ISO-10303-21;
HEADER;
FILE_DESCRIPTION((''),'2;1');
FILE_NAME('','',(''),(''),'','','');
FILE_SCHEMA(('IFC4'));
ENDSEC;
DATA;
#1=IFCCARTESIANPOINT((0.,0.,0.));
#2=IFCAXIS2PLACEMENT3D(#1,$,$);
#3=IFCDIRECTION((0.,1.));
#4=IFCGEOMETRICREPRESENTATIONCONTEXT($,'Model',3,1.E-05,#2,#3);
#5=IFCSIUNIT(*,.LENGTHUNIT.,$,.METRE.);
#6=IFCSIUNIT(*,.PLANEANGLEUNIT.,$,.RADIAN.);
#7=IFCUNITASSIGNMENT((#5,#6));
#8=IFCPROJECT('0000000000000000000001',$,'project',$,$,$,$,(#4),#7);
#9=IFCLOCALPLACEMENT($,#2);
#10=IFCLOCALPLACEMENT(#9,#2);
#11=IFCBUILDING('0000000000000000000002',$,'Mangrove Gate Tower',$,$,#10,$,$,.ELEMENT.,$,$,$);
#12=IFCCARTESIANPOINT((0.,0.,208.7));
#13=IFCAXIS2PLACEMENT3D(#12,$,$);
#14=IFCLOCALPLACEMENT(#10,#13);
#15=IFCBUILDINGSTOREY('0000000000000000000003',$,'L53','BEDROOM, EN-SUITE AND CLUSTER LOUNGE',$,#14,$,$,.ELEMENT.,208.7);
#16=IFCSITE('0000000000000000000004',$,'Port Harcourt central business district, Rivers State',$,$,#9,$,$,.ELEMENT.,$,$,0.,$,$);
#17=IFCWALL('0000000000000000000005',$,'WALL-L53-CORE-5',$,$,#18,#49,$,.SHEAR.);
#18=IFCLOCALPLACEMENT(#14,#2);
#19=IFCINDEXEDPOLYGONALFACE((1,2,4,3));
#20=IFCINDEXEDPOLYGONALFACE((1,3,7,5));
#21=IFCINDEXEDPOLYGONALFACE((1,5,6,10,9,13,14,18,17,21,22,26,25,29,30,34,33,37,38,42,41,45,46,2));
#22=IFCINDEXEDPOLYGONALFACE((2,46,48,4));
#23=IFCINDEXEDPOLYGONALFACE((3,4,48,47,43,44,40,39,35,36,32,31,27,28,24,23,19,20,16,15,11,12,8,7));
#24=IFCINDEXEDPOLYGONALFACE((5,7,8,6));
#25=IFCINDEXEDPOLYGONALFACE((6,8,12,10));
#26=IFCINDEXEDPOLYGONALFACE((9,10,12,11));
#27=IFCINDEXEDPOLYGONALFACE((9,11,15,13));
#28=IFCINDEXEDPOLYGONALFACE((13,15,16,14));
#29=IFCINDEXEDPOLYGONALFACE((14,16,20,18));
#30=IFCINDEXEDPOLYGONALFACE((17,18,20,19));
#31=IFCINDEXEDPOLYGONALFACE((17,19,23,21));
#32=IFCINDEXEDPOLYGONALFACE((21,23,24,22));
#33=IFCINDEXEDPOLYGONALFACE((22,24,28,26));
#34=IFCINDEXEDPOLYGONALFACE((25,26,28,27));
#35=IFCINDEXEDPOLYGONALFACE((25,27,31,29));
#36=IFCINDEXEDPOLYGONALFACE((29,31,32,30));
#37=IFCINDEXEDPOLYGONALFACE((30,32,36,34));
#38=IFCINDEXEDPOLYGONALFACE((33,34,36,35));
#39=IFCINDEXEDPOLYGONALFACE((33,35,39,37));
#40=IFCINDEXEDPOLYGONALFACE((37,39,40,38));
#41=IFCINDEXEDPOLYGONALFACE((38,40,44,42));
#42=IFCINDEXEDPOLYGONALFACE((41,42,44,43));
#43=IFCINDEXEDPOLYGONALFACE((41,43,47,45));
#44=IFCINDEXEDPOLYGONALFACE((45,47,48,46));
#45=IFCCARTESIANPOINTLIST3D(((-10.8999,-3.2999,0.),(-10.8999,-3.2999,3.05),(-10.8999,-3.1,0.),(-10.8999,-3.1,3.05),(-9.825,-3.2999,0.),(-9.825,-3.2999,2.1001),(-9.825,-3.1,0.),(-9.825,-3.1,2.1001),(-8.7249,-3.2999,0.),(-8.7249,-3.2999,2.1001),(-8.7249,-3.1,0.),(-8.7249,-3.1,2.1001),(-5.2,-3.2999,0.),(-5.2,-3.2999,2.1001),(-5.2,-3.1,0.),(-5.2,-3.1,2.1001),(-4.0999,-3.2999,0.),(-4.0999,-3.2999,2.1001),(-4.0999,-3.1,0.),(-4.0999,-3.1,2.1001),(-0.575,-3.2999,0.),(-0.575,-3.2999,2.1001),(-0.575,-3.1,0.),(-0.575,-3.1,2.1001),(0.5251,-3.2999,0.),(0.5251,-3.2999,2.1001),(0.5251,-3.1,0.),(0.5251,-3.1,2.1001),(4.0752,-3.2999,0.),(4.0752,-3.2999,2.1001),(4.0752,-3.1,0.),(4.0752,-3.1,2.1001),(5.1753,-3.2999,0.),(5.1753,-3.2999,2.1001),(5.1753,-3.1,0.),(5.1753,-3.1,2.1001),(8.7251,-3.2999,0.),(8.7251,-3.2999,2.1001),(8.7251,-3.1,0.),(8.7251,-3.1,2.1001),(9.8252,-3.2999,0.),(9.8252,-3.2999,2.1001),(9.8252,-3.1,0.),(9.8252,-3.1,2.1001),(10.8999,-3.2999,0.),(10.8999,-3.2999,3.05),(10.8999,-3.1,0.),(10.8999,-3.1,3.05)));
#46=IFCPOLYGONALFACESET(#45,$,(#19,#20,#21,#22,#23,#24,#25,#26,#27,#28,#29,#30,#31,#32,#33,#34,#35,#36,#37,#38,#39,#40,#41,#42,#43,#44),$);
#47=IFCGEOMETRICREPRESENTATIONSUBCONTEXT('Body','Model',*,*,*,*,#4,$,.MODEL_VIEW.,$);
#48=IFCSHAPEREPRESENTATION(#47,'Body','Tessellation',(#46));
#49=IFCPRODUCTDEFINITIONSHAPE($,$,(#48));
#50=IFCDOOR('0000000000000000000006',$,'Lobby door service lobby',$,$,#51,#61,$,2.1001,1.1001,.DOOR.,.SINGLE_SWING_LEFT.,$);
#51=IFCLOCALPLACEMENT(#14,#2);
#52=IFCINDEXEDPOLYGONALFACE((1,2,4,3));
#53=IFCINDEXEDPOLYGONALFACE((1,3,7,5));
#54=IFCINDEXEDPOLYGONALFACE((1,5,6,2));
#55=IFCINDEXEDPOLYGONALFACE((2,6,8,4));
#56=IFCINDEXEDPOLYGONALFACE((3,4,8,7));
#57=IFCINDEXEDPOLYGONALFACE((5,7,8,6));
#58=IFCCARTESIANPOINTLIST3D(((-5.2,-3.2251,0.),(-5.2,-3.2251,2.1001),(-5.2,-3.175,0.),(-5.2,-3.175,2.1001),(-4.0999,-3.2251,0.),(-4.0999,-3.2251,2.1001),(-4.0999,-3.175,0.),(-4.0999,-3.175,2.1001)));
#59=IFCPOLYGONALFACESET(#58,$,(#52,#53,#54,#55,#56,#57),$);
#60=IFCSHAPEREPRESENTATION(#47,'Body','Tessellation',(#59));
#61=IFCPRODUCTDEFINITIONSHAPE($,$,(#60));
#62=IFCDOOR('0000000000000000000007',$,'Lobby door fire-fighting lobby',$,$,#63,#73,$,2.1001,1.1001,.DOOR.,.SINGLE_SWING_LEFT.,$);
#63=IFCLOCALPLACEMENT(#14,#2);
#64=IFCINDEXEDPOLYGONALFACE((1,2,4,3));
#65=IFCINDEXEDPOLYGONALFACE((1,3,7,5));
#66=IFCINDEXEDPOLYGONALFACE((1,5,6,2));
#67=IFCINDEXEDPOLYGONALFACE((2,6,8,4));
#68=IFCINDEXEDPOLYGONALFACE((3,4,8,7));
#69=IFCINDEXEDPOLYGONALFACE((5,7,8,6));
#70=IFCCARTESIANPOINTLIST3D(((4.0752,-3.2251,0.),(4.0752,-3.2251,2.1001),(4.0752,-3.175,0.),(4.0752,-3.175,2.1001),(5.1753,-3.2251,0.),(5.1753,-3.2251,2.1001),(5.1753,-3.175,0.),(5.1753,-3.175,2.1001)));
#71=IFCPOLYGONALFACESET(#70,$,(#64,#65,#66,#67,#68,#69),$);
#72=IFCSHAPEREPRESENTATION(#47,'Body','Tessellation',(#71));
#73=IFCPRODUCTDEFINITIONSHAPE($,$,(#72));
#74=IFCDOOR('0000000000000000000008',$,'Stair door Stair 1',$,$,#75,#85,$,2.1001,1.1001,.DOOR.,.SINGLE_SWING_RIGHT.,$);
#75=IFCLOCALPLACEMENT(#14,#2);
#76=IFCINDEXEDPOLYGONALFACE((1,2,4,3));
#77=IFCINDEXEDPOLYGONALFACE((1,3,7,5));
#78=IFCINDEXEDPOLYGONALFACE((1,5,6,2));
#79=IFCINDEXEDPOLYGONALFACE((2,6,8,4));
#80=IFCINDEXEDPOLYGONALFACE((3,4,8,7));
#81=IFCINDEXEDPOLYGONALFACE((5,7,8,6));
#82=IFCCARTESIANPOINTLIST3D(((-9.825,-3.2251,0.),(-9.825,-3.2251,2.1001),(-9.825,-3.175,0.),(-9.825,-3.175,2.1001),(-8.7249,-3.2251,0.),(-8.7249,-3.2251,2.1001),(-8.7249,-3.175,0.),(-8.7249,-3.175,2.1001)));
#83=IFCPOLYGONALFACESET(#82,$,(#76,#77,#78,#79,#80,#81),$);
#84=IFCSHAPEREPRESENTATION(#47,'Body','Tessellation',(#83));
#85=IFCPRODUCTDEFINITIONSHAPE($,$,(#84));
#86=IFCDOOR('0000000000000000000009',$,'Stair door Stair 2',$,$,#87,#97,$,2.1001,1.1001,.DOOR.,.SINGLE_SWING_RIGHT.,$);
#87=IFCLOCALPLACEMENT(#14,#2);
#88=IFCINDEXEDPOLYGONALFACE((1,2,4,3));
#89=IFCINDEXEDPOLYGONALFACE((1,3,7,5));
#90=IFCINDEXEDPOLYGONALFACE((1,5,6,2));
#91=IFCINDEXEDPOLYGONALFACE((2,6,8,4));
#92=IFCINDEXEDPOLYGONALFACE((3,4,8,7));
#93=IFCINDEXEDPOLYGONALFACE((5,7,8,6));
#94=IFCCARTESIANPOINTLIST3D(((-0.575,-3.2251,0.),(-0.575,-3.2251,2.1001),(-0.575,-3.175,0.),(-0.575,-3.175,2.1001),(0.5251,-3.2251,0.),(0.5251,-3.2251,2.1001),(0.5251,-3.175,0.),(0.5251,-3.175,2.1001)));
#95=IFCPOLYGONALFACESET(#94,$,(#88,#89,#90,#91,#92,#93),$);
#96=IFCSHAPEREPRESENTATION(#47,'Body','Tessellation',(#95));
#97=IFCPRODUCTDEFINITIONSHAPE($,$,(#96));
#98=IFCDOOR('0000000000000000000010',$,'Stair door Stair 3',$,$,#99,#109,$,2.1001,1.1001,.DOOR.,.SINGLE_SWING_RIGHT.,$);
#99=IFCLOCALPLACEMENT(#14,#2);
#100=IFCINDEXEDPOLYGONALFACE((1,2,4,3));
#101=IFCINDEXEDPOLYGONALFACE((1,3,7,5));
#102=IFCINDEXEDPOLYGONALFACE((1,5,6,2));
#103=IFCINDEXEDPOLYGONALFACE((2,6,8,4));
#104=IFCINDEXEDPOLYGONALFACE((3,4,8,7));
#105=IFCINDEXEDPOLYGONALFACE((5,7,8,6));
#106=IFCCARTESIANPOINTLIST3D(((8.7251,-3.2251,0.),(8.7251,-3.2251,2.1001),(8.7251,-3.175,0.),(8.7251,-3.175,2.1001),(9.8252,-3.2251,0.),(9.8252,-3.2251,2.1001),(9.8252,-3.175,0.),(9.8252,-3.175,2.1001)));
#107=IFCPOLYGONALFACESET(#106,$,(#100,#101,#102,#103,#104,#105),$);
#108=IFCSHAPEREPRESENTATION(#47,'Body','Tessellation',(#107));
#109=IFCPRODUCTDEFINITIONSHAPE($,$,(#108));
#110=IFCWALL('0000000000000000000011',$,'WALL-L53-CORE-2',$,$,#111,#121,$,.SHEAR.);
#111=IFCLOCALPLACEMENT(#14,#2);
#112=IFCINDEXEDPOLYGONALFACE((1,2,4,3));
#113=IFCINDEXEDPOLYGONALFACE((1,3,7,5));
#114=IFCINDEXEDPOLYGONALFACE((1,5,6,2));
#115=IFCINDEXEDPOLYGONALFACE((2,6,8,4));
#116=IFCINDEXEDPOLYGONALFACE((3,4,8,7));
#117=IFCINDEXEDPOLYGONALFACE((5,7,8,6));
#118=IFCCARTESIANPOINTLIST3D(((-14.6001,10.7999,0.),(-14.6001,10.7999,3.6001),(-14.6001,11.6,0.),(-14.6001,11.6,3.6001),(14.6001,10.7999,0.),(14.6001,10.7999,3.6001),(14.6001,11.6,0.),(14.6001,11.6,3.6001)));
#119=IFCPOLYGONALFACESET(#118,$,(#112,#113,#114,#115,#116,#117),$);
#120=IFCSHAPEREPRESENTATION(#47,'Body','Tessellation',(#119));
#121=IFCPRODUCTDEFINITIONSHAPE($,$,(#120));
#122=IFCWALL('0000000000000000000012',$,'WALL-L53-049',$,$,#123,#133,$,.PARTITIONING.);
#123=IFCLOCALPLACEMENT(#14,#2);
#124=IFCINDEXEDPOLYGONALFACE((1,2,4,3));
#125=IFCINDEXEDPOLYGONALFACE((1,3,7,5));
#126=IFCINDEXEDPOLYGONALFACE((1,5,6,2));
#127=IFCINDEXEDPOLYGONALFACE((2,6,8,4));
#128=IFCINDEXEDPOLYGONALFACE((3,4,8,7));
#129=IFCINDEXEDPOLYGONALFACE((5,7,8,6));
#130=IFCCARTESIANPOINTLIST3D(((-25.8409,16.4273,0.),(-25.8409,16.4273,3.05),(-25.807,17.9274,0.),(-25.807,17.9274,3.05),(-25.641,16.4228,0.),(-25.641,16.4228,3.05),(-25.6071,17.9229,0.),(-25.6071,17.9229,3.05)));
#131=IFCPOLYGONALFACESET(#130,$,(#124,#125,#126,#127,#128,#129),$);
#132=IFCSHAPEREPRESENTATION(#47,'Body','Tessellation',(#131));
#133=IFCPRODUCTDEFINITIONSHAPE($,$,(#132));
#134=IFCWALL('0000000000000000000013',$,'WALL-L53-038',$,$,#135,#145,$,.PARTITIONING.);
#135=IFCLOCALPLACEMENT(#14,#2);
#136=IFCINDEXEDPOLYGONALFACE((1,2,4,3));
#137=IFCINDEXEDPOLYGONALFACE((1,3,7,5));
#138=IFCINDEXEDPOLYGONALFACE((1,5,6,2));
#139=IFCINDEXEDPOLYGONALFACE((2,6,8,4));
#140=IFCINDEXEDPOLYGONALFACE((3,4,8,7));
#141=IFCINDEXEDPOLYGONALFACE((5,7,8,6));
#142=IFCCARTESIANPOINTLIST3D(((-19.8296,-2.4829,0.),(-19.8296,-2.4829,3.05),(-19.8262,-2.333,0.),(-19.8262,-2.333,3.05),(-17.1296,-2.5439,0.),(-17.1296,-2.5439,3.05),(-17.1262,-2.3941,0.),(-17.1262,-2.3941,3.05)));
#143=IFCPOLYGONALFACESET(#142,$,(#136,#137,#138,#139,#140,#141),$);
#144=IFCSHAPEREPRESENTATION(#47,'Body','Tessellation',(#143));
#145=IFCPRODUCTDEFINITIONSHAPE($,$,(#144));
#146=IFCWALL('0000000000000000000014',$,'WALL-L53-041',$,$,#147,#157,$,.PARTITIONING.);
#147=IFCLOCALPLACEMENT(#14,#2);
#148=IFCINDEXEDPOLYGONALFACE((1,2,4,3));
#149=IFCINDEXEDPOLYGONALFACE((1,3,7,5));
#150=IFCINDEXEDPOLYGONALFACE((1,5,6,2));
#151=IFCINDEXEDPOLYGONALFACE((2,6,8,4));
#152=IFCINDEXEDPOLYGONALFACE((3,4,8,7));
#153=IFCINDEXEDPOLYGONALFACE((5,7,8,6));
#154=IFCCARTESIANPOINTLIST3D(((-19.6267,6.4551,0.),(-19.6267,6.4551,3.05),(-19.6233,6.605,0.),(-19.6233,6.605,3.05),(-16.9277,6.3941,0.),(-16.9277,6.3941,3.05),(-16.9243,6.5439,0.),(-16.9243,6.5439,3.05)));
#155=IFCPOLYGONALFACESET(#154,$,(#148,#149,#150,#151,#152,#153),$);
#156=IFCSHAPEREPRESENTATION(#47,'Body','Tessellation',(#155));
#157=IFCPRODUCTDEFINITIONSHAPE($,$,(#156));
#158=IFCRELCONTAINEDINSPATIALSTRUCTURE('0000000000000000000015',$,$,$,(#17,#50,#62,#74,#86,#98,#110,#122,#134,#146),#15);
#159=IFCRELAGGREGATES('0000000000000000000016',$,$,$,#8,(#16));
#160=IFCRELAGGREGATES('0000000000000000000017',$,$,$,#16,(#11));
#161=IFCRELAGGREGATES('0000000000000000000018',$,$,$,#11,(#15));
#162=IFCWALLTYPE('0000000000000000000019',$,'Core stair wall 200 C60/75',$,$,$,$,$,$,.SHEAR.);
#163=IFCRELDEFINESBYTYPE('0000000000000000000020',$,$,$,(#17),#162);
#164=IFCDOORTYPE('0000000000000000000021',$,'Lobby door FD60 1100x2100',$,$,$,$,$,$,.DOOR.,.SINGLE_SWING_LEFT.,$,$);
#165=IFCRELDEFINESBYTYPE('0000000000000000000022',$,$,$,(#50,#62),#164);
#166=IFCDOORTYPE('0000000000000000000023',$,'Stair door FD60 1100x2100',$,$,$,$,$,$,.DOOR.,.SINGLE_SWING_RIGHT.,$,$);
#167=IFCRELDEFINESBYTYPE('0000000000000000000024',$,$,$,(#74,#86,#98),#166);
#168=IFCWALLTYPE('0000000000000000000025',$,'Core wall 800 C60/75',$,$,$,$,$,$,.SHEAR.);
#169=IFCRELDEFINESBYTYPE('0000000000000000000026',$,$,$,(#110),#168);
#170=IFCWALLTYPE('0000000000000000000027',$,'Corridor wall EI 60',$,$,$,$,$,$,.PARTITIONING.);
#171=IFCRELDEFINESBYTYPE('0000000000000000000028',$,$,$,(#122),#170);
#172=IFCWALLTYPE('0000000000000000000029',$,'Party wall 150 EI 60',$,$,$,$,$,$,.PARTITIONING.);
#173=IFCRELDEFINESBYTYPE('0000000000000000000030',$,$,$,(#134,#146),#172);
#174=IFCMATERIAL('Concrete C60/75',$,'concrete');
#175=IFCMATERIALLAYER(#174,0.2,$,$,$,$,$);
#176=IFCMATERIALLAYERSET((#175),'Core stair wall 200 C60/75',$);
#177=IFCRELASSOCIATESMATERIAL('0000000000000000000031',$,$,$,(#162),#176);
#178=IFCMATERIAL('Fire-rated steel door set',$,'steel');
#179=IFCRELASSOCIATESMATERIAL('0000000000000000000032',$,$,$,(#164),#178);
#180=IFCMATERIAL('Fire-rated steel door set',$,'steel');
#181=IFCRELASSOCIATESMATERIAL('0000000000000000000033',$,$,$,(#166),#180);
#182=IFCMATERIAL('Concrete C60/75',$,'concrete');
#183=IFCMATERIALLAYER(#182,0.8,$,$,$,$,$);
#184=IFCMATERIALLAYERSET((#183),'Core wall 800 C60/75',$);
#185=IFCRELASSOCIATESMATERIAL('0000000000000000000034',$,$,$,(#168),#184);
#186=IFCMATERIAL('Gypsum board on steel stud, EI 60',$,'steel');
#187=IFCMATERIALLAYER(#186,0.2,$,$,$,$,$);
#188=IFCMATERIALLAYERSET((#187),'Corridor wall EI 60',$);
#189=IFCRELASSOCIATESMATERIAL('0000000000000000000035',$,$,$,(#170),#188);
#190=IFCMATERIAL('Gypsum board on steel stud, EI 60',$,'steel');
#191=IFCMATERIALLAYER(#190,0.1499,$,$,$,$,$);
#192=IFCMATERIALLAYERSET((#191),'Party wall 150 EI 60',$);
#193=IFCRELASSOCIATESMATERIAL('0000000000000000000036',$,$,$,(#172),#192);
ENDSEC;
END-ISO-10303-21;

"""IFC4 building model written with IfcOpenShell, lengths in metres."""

from ifc_helpers import new_model, si_unit, direction, frame, frame_2d, origin, place, context, subcontext, project, spatial, rectangle, extrude, material, layer, layer_set, type_object, element, fill, save


model = new_model("IFC4")

# Units and contexts
model_context = context("Model", 3, precision=1e-05, world=origin(), true_north=direction((0.0, 1.0)))
body_context = subcontext(model_context, "Body", "Model", "MODEL_VIEW")
ifc_project = project(units=[si_unit("LENGTHUNIT", "METRE"), si_unit("PLANEANGLEUNIT", "RADIAN")], contexts=[model_context])

# Site, building, storey
site_placement = place(None, origin())
site = spatial("IfcSite", under=ifc_project, at=site_placement, Name="Port Harcourt central business district, Rivers State", CompositionType="ELEMENT", RefElevation=0.0)
building_placement = place(site_placement, origin())
building = spatial("IfcBuilding", under=site, at=building_placement, Name="Mangrove Gate Tower", CompositionType="ELEMENT")
storey_placement = place(building_placement, frame((0.0, 0.0, 208.7)))
storey = spatial("IfcBuildingStorey", under=building, at=storey_placement, Name="L53", Description="BEDROOM, EN-SUITE AND CLUSTER LOUNGE", CompositionType="ELEMENT", Elevation=208.7)

# Wall, openings, doors
ifc_material_1 = material(Name="Concrete C60/75", Category="concrete")
ifc_layer_1 = layer(ifc_material_1, 0.2)
ifc_layer_set_1 = layer_set([ifc_layer_1], Name="Core stair wall 200 C60/75")
wall_type_1 = type_object("IfcWallType", Name="Core stair wall 200 C60/75", PredefinedType="SHEAR", material=ifc_layer_set_1)
wall_1_placement = place(storey_placement, frame((-10.8999, -3.2, 0.0), z_axis=(0.0, 0.0, 1.0), x_axis=(1.0, 0.0, 0.0)))
wall_1 = element("IfcWall", 1, at=wall_1_placement, inside=storey, type_object=wall_type_1, Name="WALL-L53-CORE-5", PredefinedType="SHEAR", context=body_context, shape_type="SweptSolid", body=[
    extrude(rectangle(XDim=21.7998, YDim=0.2, at=frame_2d((10.8999, 0.0))), origin(), (0.0, 0.0, 1.0), 3.05),
])
opening_1_placement = place(wall_1_placement, frame((1.075, 0.0, 0.0)))
opening_1 = element("IfcOpeningElement", 2, at=opening_1_placement, cuts=wall_1, PredefinedType="OPENING", context=body_context, shape_type="SweptSolid", body=[
    extrude(rectangle(XDim=1.1001, YDim=2.1001, at=frame_2d((0.55, 1.05))), frame((0.0, 0.1099, 0.0), z_axis=(0.0, -1.0, 0.0), x_axis=(1.0, 0.0, 0.0)), (0.0, 0.0, 1.0), 0.22),
])
opening_2_placement = place(wall_1_placement, frame((10.325, 0.0, 0.0)))
opening_2 = element("IfcOpeningElement", 3, at=opening_2_placement, cuts=wall_1, PredefinedType="OPENING", context=body_context, shape_type="SweptSolid", body=[
    extrude(rectangle(XDim=1.1001, YDim=2.1001, at=frame_2d((0.55, 1.05))), frame((0.0, 0.1099, 0.0), z_axis=(0.0, -1.0, 0.0), x_axis=(1.0, 0.0, 0.0)), (0.0, 0.0, 1.0), 0.22),
])
opening_3_placement = place(wall_1_placement, frame((19.625, 0.0, 0.0)))
opening_3 = element("IfcOpeningElement", 4, at=opening_3_placement, cuts=wall_1, PredefinedType="OPENING", context=body_context, shape_type="SweptSolid", body=[
    extrude(rectangle(XDim=1.1001, YDim=2.1001, at=frame_2d((0.55, 1.05))), frame((0.0, 0.1099, 0.0), z_axis=(0.0, -1.0, 0.0), x_axis=(1.0, 0.0, 0.0)), (0.0, 0.0, 1.0), 0.22),
])
opening_4_placement = place(wall_1_placement, frame((5.7, 0.0, 0.0)))
opening_4 = element("IfcOpeningElement", 5, at=opening_4_placement, cuts=wall_1, PredefinedType="OPENING", context=body_context, shape_type="SweptSolid", body=[
    extrude(rectangle(XDim=1.1001, YDim=2.1001, at=frame_2d((0.55, 1.05))), frame((0.0, 0.1099, 0.0), z_axis=(0.0, -1.0, 0.0), x_axis=(1.0, 0.0, 0.0)), (0.0, 0.0, 1.0), 0.22),
])
opening_5_placement = place(wall_1_placement, frame((14.9751, 0.0, 0.0)))
opening_5 = element("IfcOpeningElement", 6, at=opening_5_placement, cuts=wall_1, PredefinedType="OPENING", context=body_context, shape_type="SweptSolid", body=[
    extrude(rectangle(XDim=1.1001, YDim=2.1001, at=frame_2d((0.55, 1.05))), frame((0.0, 0.1099, 0.0), z_axis=(0.0, -1.0, 0.0), x_axis=(1.0, 0.0, 0.0)), (0.0, 0.0, 1.0), 0.22),
])
ifc_material_2 = material(Name="Fire-rated steel door set", Category="steel")
door_type_1 = type_object("IfcDoorType", Name="Lobby door FD60 1100x2100", OperationType="SINGLE_SWING_LEFT", PredefinedType="DOOR", material=ifc_material_2)
door_1_placement = place(opening_4_placement, origin())
door_1 = element("IfcDoor", 7, at=door_1_placement, inside=storey, type_object=door_type_1, Name="Lobby door service lobby", OperationType="SINGLE_SWING_LEFT", OverallHeight=2.1001, OverallWidth=1.1001, PredefinedType="DOOR", context=body_context, shape_type="SweptSolid", body=[
    extrude(rectangle(XDim=1.1001, YDim=2.1001, at=frame_2d((0.55, 1.05))), frame((0.0, 0.0249, 0.0), z_axis=(0.0, -1.0, 0.0), x_axis=(1.0, 0.0, 0.0)), (0.0, 0.0, 1.0), 0.05),
])
fill(opening_4, door_1)
door_2_placement = place(opening_5_placement, origin())
door_2 = element("IfcDoor", 8, at=door_2_placement, inside=storey, type_object=door_type_1, Name="Lobby door fire-fighting lobby", OperationType="SINGLE_SWING_LEFT", OverallHeight=2.1001, OverallWidth=1.1001, PredefinedType="DOOR", context=body_context, shape_type="SweptSolid", body=[
    extrude(rectangle(XDim=1.1001, YDim=2.1001, at=frame_2d((0.55, 1.05))), frame((0.0, 0.0249, 0.0), z_axis=(0.0, -1.0, 0.0), x_axis=(1.0, 0.0, 0.0)), (0.0, 0.0, 1.0), 0.05),
])
fill(opening_5, door_2)
ifc_material_3 = material(Name="Fire-rated steel door set", Category="steel")
door_type_2 = type_object("IfcDoorType", Name="Stair door FD60 1100x2100", OperationType="SINGLE_SWING_RIGHT", PredefinedType="DOOR", material=ifc_material_3)
door_3_placement = place(opening_1_placement, origin())
door_3 = element("IfcDoor", 9, at=door_3_placement, inside=storey, type_object=door_type_2, Name="Stair door Stair 1", OperationType="SINGLE_SWING_RIGHT", OverallHeight=2.1001, OverallWidth=1.1001, PredefinedType="DOOR", context=body_context, shape_type="SweptSolid", body=[
    extrude(rectangle(XDim=1.1001, YDim=2.1001, at=frame_2d((0.55, 1.05))), frame((0.0, 0.0249, 0.0), z_axis=(0.0, -1.0, 0.0), x_axis=(1.0, 0.0, 0.0)), (0.0, 0.0, 1.0), 0.05),
])
fill(opening_1, door_3)
door_4_placement = place(opening_2_placement, origin())
door_4 = element("IfcDoor", 10, at=door_4_placement, inside=storey, type_object=door_type_2, Name="Stair door Stair 2", OperationType="SINGLE_SWING_RIGHT", OverallHeight=2.1001, OverallWidth=1.1001, PredefinedType="DOOR", context=body_context, shape_type="SweptSolid", body=[
    extrude(rectangle(XDim=1.1001, YDim=2.1001, at=frame_2d((0.55, 1.05))), frame((0.0, 0.0249, 0.0), z_axis=(0.0, -1.0, 0.0), x_axis=(1.0, 0.0, 0.0)), (0.0, 0.0, 1.0), 0.05),
])
fill(opening_2, door_4)
door_5_placement = place(opening_3_placement, origin())
door_5 = element("IfcDoor", 11, at=door_5_placement, inside=storey, type_object=door_type_2, Name="Stair door Stair 3", OperationType="SINGLE_SWING_RIGHT", OverallHeight=2.1001, OverallWidth=1.1001, PredefinedType="DOOR", context=body_context, shape_type="SweptSolid", body=[
    extrude(rectangle(XDim=1.1001, YDim=2.1001, at=frame_2d((0.55, 1.05))), frame((0.0, 0.0249, 0.0), z_axis=(0.0, -1.0, 0.0), x_axis=(1.0, 0.0, 0.0)), (0.0, 0.0, 1.0), 0.05),
])
fill(opening_3, door_5)

# Walls
ifc_material_4 = material(Name="Concrete C60/75", Category="concrete")
ifc_layer_2 = layer(ifc_material_4, 0.8)
ifc_layer_set_2 = layer_set([ifc_layer_2], Name="Core wall 800 C60/75")
wall_type_2 = type_object("IfcWallType", Name="Core wall 800 C60/75", PredefinedType="SHEAR", material=ifc_layer_set_2)
wall_2_placement = place(storey_placement, frame((-14.6001, 11.2, 0.0), z_axis=(0.0, 0.0, 1.0), x_axis=(1.0, 0.0, 0.0)))
element("IfcWall", 12, at=wall_2_placement, inside=storey, type_object=wall_type_2, Name="WALL-L53-CORE-2", PredefinedType="SHEAR", context=body_context, shape_type="SweptSolid", body=[
    extrude(rectangle(XDim=29.2002, YDim=0.8, at=frame_2d((14.6001, 0.0))), origin(), (0.0, 0.0, 1.0), 3.6001),
])
ifc_material_5 = material(Name="Gypsum board on steel stud, EI 60", Category="steel")
ifc_layer_3 = layer(ifc_material_5, 0.2)
ifc_layer_set_3 = layer_set([ifc_layer_3], Name="Corridor wall EI 60")
wall_type_3 = type_object("IfcWallType", Name="Corridor wall EI 60", PredefinedType="PARTITIONING", material=ifc_layer_set_3)
wall_3_placement = place(storey_placement, frame((-25.741, 16.425, 0.0), z_axis=(0.0, 0.0, 1.0), x_axis=(0.022618, 0.999744, 0.0)))
element("IfcWall", 13, at=wall_3_placement, inside=storey, type_object=wall_type_3, Name="WALL-L53-049", PredefinedType="PARTITIONING", context=body_context, shape_type="SweptSolid", body=[
    extrude(rectangle(XDim=1.5005, YDim=0.2, at=frame_2d((0.7502, 0.0))), origin(), (0.0, 0.0, 1.0), 3.05),
])
ifc_material_6 = material(Name="Gypsum board on steel stud, EI 60", Category="steel")
ifc_layer_4 = layer(ifc_material_6, 0.1499)
ifc_layer_set_4 = layer_set([ifc_layer_4], Name="Party wall 150 EI 60")
wall_type_4 = type_object("IfcWallType", Name="Party wall 150 EI 60", PredefinedType="PARTITIONING", material=ifc_layer_set_4)
wall_4_placement = place(storey_placement, frame((-19.8279, -2.408, 0.0), z_axis=(0.0, 0.0, 1.0), x_axis=(0.999745, -0.0226, 0.0)))
element("IfcWall", 14, at=wall_4_placement, inside=storey, type_object=wall_type_4, Name="WALL-L53-038", PredefinedType="PARTITIONING", context=body_context, shape_type="SweptSolid", body=[
    extrude(rectangle(XDim=2.7007, YDim=0.1499, at=frame_2d((1.3503, 0.0))), origin(), (0.0, 0.0, 1.0), 3.05),
])
wall_5_placement = place(storey_placement, frame((-19.625, 6.53, 0.0), z_axis=(0.0, 0.0, 1.0), x_axis=(0.999744, -0.022608, 0.0)))
element("IfcWall", 15, at=wall_5_placement, inside=storey, type_object=wall_type_4, Name="WALL-L53-041", PredefinedType="PARTITIONING", context=body_context, shape_type="SweptSolid", body=[
    extrude(rectangle(XDim=2.6997, YDim=0.1499, at=frame_2d((1.3499, 0.0))), origin(), (0.0, 0.0, 1.0), 3.05),
])

save(model, "model.ifc")
